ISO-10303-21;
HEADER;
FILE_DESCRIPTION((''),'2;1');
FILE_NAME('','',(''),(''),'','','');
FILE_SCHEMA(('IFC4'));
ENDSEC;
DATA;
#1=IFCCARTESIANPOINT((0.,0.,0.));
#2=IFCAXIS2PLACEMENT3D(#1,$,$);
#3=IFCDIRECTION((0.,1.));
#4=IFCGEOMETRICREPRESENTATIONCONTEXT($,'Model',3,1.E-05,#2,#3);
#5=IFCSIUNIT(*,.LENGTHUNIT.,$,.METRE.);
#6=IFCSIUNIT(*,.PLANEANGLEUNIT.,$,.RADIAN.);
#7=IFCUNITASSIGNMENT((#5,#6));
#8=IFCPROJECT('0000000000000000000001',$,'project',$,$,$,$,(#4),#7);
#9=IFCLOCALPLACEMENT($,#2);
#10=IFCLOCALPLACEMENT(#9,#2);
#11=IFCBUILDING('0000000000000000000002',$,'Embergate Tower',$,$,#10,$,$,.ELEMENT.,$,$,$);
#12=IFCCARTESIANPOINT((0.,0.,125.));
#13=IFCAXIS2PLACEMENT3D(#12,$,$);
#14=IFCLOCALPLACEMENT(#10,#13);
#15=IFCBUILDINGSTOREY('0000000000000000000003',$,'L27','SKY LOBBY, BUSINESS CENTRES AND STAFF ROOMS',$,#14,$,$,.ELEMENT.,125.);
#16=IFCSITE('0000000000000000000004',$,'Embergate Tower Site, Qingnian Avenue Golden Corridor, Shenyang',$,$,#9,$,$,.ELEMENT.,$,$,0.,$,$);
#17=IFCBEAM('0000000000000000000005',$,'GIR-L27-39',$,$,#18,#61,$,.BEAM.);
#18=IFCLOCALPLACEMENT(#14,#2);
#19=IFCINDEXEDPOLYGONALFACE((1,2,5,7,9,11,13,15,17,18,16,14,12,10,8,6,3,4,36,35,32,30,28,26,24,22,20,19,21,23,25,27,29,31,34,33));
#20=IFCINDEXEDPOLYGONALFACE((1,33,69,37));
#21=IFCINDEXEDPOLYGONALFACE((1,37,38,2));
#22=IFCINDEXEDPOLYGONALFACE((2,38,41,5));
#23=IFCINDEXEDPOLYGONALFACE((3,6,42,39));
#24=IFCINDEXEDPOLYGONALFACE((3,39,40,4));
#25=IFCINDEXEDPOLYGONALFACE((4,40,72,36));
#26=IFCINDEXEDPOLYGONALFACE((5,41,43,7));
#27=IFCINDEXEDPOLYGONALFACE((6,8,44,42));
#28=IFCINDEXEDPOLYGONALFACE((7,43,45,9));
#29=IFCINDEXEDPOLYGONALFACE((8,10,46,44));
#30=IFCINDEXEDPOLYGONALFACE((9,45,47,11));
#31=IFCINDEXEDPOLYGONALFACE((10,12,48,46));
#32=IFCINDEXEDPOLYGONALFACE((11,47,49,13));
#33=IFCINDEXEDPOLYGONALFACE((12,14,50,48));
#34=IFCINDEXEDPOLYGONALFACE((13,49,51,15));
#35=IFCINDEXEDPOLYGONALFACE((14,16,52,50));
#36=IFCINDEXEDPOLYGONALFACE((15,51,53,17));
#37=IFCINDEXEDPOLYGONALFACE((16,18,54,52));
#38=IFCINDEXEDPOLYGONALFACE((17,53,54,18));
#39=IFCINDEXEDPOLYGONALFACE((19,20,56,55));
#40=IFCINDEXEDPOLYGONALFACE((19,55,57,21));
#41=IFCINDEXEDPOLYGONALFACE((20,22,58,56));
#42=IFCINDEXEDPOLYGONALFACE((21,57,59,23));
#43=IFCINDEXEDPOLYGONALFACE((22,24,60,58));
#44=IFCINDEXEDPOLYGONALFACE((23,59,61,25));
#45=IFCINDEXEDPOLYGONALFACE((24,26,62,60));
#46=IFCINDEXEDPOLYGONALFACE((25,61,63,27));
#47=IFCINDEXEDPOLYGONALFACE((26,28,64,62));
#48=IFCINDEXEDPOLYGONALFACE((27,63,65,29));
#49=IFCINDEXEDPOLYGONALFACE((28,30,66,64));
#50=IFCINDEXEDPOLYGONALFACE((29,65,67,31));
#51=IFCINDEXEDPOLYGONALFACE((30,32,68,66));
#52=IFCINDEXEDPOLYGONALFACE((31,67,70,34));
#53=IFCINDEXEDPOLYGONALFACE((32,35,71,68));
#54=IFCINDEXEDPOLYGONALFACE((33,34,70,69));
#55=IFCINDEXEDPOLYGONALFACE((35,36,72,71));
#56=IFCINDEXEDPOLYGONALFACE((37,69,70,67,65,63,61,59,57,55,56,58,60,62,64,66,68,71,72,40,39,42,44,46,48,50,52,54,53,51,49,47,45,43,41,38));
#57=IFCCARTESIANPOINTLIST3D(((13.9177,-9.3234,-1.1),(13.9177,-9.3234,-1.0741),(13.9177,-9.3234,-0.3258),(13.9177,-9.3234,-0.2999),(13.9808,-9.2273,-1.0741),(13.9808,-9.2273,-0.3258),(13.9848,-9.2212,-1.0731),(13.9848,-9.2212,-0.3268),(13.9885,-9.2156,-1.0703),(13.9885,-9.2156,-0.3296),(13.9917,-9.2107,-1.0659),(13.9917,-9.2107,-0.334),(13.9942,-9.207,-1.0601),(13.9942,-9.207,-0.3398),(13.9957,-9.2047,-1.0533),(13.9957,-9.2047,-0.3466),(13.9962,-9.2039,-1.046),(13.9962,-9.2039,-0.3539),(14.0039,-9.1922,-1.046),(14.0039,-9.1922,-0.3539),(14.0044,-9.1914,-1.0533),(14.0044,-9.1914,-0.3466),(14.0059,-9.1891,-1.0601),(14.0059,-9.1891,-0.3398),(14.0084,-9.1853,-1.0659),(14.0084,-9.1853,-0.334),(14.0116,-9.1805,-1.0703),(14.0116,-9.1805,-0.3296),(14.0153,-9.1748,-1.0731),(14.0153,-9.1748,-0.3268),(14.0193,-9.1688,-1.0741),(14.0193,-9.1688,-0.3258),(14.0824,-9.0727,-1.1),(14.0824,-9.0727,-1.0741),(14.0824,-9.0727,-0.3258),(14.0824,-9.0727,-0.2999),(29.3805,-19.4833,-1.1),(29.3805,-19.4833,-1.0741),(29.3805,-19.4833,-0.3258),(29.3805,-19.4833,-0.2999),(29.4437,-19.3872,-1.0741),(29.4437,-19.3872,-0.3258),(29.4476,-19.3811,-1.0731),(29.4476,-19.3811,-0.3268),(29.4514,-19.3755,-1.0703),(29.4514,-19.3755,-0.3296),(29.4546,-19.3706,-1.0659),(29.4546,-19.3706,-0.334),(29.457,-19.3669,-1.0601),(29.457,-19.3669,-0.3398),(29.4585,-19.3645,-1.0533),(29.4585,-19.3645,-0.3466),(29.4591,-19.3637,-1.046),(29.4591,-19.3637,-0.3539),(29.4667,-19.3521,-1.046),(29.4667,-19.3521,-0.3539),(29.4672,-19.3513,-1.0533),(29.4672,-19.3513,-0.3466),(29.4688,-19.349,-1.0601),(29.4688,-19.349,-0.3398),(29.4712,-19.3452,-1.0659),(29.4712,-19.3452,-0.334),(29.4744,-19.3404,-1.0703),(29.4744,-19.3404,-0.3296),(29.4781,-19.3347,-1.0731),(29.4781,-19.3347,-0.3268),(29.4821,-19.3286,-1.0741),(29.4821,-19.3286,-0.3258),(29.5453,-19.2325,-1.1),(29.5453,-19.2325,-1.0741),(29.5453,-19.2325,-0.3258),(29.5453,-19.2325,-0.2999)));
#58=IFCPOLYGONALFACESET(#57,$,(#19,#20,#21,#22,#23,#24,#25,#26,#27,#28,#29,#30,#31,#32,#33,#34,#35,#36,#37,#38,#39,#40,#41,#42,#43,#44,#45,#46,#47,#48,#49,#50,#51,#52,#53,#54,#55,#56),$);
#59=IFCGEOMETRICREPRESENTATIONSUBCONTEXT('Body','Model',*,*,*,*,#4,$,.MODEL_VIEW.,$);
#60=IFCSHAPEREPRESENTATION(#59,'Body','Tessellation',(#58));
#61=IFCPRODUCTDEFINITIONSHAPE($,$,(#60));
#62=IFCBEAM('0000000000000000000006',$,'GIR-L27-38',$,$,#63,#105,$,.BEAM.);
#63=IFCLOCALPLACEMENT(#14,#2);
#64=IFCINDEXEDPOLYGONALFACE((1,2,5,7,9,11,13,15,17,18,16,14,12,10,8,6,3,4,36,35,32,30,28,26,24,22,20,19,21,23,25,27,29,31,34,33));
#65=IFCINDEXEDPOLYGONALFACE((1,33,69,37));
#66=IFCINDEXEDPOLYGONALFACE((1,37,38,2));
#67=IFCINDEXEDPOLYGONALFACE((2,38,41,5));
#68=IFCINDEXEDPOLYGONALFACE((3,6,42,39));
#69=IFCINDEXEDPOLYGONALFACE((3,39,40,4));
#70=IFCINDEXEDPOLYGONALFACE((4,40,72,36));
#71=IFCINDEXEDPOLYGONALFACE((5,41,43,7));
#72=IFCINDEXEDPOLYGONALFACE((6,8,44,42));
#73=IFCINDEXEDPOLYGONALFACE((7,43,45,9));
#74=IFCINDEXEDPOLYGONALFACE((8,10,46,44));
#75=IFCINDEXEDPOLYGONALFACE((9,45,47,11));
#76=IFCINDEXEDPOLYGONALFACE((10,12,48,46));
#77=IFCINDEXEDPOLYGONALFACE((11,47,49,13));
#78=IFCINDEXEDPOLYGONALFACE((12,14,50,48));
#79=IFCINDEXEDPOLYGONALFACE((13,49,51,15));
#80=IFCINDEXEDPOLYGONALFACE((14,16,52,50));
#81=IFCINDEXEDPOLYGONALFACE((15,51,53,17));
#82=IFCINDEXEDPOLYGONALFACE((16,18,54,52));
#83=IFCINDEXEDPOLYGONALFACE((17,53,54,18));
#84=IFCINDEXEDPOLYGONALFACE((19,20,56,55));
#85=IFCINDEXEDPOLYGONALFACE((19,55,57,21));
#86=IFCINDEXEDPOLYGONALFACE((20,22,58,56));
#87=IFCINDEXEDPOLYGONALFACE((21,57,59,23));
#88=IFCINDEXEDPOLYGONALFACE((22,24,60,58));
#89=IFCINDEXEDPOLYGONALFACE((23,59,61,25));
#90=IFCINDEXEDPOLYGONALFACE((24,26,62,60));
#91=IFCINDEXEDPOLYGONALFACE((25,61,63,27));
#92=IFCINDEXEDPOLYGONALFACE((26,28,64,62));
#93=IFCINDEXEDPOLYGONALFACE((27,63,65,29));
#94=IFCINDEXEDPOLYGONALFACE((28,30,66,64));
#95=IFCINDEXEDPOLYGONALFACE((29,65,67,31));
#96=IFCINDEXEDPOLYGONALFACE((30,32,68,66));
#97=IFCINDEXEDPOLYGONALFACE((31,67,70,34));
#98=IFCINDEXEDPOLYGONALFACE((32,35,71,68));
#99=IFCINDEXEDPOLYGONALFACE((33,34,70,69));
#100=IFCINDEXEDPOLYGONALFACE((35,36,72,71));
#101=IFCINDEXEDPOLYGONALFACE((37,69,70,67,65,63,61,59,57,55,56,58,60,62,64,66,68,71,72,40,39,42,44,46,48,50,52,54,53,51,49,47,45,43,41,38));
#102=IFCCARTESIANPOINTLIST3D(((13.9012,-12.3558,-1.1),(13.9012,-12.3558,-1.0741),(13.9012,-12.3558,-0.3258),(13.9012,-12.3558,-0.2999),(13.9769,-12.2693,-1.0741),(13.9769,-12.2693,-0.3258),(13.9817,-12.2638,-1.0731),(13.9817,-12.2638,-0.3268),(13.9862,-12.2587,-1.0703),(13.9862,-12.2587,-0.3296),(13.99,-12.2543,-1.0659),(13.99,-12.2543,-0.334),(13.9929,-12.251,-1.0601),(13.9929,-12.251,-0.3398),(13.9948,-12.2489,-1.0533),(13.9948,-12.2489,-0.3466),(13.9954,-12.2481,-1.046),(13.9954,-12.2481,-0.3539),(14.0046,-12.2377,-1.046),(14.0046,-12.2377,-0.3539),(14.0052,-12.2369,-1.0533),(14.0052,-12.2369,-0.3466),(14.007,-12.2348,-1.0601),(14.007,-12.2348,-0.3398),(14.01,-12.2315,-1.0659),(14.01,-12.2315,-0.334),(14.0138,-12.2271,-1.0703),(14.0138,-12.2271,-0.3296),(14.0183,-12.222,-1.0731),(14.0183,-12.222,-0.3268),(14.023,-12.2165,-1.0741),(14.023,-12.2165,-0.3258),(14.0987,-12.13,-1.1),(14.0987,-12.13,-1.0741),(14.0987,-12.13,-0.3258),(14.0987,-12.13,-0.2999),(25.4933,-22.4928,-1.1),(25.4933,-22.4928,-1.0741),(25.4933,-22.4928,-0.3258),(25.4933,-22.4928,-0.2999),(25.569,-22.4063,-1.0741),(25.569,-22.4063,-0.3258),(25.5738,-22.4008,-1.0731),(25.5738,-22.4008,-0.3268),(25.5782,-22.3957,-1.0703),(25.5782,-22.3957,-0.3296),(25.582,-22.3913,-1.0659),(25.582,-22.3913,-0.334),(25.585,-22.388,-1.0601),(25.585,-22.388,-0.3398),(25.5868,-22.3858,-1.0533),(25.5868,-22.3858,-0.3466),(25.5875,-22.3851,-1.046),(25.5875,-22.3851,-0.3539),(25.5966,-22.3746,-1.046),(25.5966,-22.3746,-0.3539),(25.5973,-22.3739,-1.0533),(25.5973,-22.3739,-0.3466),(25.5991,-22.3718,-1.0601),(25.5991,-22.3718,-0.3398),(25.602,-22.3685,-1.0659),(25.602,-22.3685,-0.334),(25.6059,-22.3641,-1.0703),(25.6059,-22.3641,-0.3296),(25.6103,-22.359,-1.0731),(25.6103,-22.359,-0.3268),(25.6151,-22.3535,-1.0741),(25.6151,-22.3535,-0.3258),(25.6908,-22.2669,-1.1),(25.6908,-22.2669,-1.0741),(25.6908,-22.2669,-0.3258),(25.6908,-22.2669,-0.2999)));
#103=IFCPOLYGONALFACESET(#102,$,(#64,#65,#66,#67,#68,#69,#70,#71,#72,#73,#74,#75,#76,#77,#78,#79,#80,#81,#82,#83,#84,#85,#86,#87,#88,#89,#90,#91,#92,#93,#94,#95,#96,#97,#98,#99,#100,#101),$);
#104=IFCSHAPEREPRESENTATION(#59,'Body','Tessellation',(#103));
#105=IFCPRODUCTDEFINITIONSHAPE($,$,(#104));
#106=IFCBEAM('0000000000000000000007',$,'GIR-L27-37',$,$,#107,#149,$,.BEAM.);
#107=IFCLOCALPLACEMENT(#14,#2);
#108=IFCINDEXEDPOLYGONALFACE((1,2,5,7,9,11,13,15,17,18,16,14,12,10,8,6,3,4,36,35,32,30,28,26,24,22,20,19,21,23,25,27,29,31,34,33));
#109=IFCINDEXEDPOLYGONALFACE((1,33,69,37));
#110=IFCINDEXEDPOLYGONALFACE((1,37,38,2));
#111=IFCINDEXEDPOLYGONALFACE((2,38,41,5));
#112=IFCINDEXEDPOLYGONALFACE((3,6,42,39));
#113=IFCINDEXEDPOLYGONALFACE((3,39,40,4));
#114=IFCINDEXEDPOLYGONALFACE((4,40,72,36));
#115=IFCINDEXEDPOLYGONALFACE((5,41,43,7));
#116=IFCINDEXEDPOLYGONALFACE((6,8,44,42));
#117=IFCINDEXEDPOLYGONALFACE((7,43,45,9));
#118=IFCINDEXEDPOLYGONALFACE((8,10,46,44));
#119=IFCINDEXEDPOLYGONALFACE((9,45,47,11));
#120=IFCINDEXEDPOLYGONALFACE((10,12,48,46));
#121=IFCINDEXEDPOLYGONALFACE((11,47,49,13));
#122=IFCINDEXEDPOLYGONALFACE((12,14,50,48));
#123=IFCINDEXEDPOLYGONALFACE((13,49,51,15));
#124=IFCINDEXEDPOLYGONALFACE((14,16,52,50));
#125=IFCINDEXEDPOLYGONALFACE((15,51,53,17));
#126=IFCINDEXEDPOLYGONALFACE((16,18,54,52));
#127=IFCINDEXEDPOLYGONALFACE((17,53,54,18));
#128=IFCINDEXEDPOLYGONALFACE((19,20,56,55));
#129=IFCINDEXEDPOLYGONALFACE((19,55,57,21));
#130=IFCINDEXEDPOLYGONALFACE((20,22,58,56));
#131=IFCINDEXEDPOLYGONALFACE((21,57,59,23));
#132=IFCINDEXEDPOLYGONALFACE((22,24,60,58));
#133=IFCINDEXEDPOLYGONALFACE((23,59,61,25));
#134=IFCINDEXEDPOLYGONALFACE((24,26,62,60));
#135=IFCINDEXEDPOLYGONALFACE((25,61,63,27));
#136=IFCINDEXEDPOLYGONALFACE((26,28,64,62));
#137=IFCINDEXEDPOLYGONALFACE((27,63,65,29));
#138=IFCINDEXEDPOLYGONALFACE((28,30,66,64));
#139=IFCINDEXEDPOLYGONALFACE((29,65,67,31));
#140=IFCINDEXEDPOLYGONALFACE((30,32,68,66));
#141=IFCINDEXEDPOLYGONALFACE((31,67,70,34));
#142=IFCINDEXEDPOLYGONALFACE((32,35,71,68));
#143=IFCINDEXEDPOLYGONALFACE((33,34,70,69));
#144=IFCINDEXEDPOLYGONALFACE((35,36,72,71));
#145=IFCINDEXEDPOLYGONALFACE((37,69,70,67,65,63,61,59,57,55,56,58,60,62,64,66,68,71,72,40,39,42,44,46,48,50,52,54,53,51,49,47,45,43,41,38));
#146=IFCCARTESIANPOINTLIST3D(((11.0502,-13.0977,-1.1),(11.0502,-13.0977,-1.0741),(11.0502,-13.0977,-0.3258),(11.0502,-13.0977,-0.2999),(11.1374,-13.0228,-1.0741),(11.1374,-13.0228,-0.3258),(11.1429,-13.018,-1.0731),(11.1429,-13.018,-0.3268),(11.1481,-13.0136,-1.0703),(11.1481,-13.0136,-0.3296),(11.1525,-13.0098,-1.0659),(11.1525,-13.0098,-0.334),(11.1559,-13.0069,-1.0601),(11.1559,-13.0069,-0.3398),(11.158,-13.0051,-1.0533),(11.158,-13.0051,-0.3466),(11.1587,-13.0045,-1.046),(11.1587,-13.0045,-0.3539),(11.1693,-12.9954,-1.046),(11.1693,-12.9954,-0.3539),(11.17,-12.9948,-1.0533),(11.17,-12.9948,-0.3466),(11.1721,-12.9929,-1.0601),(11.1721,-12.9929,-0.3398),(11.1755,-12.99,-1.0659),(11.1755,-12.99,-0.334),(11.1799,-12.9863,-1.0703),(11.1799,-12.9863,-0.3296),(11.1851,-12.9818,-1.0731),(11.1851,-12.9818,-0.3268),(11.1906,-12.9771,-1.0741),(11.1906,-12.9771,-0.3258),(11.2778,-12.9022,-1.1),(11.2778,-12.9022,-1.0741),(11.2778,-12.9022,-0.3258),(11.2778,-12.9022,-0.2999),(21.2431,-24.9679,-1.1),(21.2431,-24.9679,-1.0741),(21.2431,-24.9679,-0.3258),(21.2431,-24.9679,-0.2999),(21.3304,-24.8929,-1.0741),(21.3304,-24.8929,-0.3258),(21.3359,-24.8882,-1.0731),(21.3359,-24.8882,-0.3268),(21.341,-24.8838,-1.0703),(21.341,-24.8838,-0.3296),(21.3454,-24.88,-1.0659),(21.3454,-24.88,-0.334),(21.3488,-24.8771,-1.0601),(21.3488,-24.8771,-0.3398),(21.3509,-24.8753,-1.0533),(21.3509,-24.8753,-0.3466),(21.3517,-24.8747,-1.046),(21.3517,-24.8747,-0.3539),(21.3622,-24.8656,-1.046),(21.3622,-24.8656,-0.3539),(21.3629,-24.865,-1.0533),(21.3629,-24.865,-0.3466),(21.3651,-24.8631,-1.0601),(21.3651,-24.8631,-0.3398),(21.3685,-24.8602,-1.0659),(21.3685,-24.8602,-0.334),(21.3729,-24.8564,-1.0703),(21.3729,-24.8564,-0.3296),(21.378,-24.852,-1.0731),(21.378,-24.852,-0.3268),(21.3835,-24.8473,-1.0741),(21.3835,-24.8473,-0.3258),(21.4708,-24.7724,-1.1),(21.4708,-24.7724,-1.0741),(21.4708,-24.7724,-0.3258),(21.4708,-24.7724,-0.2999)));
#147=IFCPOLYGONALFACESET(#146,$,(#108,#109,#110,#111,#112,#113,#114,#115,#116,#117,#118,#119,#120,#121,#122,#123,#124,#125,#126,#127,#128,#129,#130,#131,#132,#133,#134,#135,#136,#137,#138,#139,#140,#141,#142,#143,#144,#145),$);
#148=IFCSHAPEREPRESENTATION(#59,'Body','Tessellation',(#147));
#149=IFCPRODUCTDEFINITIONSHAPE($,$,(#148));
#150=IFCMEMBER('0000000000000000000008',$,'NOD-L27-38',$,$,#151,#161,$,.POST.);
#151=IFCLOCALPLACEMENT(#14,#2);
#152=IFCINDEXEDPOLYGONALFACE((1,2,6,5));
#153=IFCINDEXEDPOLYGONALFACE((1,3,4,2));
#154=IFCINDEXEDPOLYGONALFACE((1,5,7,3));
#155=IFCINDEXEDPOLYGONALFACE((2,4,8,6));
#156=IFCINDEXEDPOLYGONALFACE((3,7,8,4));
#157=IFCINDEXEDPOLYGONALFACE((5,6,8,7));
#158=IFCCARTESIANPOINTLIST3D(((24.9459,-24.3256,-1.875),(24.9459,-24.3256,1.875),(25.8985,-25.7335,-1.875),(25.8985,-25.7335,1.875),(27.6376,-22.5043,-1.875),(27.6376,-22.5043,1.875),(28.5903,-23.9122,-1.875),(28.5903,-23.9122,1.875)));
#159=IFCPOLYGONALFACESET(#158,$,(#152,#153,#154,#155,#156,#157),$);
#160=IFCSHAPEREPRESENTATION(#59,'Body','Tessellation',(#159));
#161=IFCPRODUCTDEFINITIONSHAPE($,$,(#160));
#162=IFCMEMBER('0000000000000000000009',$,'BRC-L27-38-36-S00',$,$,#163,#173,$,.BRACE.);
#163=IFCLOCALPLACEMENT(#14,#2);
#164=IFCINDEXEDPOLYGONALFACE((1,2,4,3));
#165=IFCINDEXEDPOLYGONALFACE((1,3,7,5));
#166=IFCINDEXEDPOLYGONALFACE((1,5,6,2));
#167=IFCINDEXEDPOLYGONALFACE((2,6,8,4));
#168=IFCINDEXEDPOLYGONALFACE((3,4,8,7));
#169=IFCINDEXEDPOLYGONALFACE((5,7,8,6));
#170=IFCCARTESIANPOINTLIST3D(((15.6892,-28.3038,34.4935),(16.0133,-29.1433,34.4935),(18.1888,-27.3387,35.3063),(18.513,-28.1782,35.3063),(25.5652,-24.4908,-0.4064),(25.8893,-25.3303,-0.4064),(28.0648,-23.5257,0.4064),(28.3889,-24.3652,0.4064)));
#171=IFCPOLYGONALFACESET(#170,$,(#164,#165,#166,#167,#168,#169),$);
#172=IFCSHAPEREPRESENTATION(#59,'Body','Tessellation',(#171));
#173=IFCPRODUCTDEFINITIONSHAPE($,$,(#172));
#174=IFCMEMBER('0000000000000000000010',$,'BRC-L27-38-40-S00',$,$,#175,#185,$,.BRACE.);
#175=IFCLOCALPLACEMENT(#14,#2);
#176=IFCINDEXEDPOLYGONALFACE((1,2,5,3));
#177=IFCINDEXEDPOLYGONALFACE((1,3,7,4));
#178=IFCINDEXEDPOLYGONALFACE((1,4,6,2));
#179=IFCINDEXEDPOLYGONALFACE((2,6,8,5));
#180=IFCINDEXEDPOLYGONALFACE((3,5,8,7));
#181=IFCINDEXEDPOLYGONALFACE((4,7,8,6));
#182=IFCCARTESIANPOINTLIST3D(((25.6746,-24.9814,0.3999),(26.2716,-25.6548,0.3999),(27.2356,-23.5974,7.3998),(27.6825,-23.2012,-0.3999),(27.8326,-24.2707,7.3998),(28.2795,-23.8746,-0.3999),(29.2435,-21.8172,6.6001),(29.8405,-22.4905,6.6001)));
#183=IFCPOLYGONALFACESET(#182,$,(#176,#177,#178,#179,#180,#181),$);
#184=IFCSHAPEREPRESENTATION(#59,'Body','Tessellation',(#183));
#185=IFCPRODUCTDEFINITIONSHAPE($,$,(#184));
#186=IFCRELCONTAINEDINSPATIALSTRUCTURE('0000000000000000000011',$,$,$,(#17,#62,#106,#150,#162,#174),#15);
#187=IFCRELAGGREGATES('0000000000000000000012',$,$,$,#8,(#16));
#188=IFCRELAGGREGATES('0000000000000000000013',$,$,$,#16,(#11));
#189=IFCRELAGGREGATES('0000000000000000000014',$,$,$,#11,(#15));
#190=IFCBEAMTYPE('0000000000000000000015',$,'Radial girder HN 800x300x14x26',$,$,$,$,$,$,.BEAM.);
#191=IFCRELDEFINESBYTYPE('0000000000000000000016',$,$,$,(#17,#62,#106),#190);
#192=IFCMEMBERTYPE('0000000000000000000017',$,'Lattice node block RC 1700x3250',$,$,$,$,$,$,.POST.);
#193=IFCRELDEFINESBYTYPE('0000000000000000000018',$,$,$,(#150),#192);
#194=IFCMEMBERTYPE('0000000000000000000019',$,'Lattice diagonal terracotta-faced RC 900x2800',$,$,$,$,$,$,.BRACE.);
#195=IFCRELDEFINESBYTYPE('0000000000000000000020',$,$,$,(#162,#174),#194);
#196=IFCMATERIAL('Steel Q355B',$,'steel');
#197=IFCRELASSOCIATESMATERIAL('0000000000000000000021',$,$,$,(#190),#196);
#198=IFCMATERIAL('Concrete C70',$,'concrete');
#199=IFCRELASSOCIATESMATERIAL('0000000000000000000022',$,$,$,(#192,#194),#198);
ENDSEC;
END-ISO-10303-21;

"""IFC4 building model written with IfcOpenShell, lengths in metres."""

from ifc_helpers import new_model, si_unit, direction, frame, origin, origin_2d, place, context, subcontext, project, spatial, rectangle, i_section, extrude, source, transform, mapped, material, material_profile, profile_set, type_object, element, save


model = new_model("IFC4")

# Units and contexts
model_context = context("Model", 3, precision=1e-05, world=origin(), true_north=direction((0.0, 1.0)))
body_context = subcontext(model_context, "Body", "Model", "MODEL_VIEW")
ifc_project = project(units=[si_unit("LENGTHUNIT", "METRE"), si_unit("PLANEANGLEUNIT", "RADIAN")], contexts=[model_context])

# Site, building, storey
site_placement = place(None, origin())
site = spatial("IfcSite", under=ifc_project, at=site_placement, Name="Embergate Tower Site, Qingnian Avenue Golden Corridor, Shenyang", CompositionType="ELEMENT", RefElevation=0.0)
building_placement = place(site_placement, origin())
building = spatial("IfcBuilding", under=site, at=building_placement, Name="Embergate Tower", CompositionType="ELEMENT")
storey_placement = place(building_placement, frame((0.0, 0.0, 125.0)))
storey = spatial("IfcBuildingStorey", under=building, at=storey_placement, Name="L27", Description="SKY LOBBY, BUSINESS CENTRES AND STAFF ROOMS", CompositionType="ELEMENT", Elevation=125.0)

# Shared definitions
ifc_material_1 = material(Name="Concrete C70", Category="concrete")

# Beams
ifc_material_2 = material(Name="Steel Q355B", Category="steel")
ifc_material_profile_1 = material_profile(ifc_material_2, i_section(OverallWidth=0.3, OverallDepth=0.8, WebThickness=0.0139, FlangeThickness=0.0259, FilletRadius=0.0281, at=origin_2d()), Name="HN 800x300x14x26")
ifc_profile_set_1 = profile_set([ifc_material_profile_1], Name="Steel Q355 grade B")
beam_type_1 = type_object("IfcBeamType", Name="Radial girder HN 800x300x14x26", PredefinedType="BEAM", material=ifc_profile_set_1)
shared_shape_1 = source(origin(), body_context, "Body", "SweptSolid", [
    extrude(i_section(OverallWidth=0.3, OverallDepth=0.8, WebThickness=0.0139, FlangeThickness=0.0259, FilletRadius=0.0281, at=origin_2d()), origin(), (0.0, 0.0, 1.0), 18.502),
])
beam_1_placement = place(storey_placement, frame((29.4629, -19.3579, -0.7), z_axis=(-0.835741, 0.549124, 0.0), x_axis=(-0.549124, -0.835741, 0.0)))
element("IfcBeam", 1, at=beam_1_placement, inside=storey, type_object=beam_type_1, Name="GIR-L27-39", PredefinedType="BEAM", context=body_context, shape_type="MappedRepresentation", body=[
    mapped(shared_shape_1, transform((0.0, 0.0, 0.0))),
])
shared_shape_2 = source(origin(), body_context, "Body", "SweptSolid", [
    extrude(i_section(OverallWidth=0.3, OverallDepth=0.8, WebThickness=0.0139, FlangeThickness=0.0259, FilletRadius=0.0281, at=origin_2d()), origin(), (0.0, 0.0, 1.0), 15.3992),
])
beam_2_placement = place(storey_placement, frame((25.592, -22.3799, -0.7), z_axis=(-0.752772, 0.658281, 0.0), x_axis=(-0.658281, -0.752772, 0.0)))
element("IfcBeam", 2, at=beam_2_placement, inside=storey, type_object=beam_type_1, Name="GIR-L27-38", PredefinedType="BEAM", context=body_context, shape_type="MappedRepresentation", body=[
    mapped(shared_shape_2, transform((0.0, 0.0, 0.0))),
])
shared_shape_3 = source(origin(), body_context, "Body", "SweptSolid", [
    extrude(i_section(OverallWidth=0.3, OverallDepth=0.8, WebThickness=0.0139, FlangeThickness=0.0259, FilletRadius=0.0281, at=origin_2d()), origin(), (0.0, 0.0, 1.0), 15.646),
])
beam_3_placement = place(storey_placement, frame((21.3569, -24.8701, -0.7), z_axis=(-0.651472, 0.758673, 0.0), x_axis=(-0.758673, -0.651472, 0.0)))
element("IfcBeam", 3, at=beam_3_placement, inside=storey, type_object=beam_type_1, Name="GIR-L27-37", PredefinedType="BEAM", context=body_context, shape_type="MappedRepresentation", body=[
    mapped(shared_shape_3, transform((0.0, 0.0, 0.0))),
])

# Members
ifc_material_profile_2 = material_profile(ifc_material_1, rectangle(XDim=1.7, YDim=3.25, at=origin_2d()), Name="RC 1700x3250")
ifc_profile_set_2 = profile_set([ifc_material_profile_2], Name="Concrete C70")
member_type_1 = type_object("IfcMemberType", Name="Lattice node block RC 1700x3250", PredefinedType="POST", material=ifc_profile_set_2)
shared_shape_4 = source(origin(), body_context, "Body", "SweptSolid", [
    extrude(rectangle(XDim=1.7, YDim=3.25, at=origin_2d()), origin(), (0.0, 0.0, 1.0), 3.75),
])
member_1_placement = place(storey_placement, frame((26.7681, -24.1189, -1.875), z_axis=(0.0, 0.0, 1.0), x_axis=(0.560393, -0.828227, 0.0)))
element("IfcMember", 4, at=member_1_placement, inside=storey, type_object=member_type_1, Name="NOD-L27-38", PredefinedType="POST", context=body_context, shape_type="MappedRepresentation", body=[
    mapped(shared_shape_4, transform((0.0, 0.0, 0.0))),
])
ifc_material_profile_3 = material_profile(ifc_material_1, rectangle(XDim=0.8999, YDim=2.8, at=origin_2d()), Name="RC 900x2800")
ifc_profile_set_3 = profile_set([ifc_material_profile_3], Name="Concrete C70")
member_type_2 = type_object("IfcMemberType", Name="Lattice diagonal terracotta-faced RC 900x2800", PredefinedType="BRACE", material=ifc_profile_set_3)
shared_shape_5 = source(origin(), body_context, "Body", "SweptSolid", [
    extrude(rectangle(XDim=0.8999, YDim=2.8, at=origin_2d()), origin(), (0.0, 0.0, 1.0), 36.4702),
])
member_2_placement = place(storey_placement, frame((26.9771, -24.428, 0.0), z_axis=(-0.270796, -0.104551, 0.956942), x_axis=(0.360175, -0.932885, 0.0)))
element("IfcMember", 5, at=member_2_placement, inside=storey, type_object=member_type_2, Name="BRC-L27-38-36-S00", PredefinedType="BRACE", context=body_context, shape_type="MappedRepresentation", body=[
    mapped(shared_shape_5, transform((0.0, 0.0, 0.0))),
])
shared_shape_6 = source(origin(), body_context, "Body", "SweptSolid", [
    extrude(rectangle(XDim=0.8999, YDim=2.8, at=origin_2d()), origin(), (0.0, 0.0, 1.0), 7.3042),
])
member_3_placement = place(storey_placement, frame((26.9771, -24.428, 0.0), z_axis=(0.213715, 0.189483, 0.958343), x_axis=(-0.663412, 0.748255, 0.0)))
element("IfcMember", 6, at=member_3_placement, inside=storey, type_object=member_type_2, Name="BRC-L27-38-40-S00", PredefinedType="BRACE", context=body_context, shape_type="MappedRepresentation", body=[
    mapped(shared_shape_6, transform((0.0, 0.0, 0.0))),
])

save(model, "model.ifc")
